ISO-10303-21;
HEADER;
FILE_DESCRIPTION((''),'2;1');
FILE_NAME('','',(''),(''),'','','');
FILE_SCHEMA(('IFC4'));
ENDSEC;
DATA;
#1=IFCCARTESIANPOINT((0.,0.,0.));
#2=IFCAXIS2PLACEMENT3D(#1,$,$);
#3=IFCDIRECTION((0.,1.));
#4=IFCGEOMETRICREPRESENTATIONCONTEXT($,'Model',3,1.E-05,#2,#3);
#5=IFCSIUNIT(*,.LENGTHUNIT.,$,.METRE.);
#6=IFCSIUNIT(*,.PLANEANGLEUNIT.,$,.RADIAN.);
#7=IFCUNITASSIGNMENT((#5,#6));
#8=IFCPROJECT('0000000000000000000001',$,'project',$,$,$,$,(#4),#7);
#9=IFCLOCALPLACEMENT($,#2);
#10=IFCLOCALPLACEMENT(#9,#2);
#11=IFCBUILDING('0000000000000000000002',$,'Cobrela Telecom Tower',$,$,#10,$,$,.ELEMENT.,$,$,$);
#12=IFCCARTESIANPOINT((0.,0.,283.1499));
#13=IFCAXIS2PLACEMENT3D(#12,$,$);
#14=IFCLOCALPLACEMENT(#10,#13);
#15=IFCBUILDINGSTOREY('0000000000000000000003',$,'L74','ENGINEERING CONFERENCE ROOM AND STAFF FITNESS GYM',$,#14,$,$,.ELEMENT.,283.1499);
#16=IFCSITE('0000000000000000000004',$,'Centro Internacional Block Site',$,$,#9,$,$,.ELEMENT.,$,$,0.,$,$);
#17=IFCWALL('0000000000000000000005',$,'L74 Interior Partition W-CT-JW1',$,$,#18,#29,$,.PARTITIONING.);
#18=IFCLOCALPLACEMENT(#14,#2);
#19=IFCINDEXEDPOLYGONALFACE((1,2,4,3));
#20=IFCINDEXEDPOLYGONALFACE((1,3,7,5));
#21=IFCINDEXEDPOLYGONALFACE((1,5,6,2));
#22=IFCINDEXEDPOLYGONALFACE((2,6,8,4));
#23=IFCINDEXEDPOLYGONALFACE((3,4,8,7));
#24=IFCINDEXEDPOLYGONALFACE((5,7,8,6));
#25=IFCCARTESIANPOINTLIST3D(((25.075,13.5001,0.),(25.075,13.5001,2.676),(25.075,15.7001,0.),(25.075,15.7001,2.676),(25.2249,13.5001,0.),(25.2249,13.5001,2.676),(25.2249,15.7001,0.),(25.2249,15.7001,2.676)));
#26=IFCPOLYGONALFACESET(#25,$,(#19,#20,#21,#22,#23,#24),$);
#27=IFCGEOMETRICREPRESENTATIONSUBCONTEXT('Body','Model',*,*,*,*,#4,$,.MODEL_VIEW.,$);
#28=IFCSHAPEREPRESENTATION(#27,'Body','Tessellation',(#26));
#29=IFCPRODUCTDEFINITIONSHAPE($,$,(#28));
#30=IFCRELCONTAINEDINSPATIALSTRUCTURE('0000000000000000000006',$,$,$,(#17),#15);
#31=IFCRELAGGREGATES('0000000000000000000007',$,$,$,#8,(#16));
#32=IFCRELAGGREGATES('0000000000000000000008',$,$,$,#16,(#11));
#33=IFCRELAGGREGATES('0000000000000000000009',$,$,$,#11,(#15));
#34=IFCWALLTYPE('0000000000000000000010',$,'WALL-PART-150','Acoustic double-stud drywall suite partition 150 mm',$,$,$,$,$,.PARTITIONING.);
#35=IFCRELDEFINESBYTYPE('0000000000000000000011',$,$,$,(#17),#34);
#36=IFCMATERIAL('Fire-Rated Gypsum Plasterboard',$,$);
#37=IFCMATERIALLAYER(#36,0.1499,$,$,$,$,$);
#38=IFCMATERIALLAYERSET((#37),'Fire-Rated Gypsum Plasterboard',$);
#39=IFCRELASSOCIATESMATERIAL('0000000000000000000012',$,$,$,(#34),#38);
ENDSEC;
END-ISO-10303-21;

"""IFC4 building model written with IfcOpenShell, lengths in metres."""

from ifc_helpers import new_model, si_unit, direction, frame, frame_2d, origin, place, context, subcontext, project, spatial, rectangle, extrude, material, layer, layer_set, type_object, element, save


model = new_model("IFC4")

# Units and contexts
model_context = context("Model", 3, precision=1e-05, world=origin(), true_north=direction((0.0, 1.0)))
body_context = subcontext(model_context, "Body", "Model", "MODEL_VIEW")
ifc_project = project(units=[si_unit("LENGTHUNIT", "METRE"), si_unit("PLANEANGLEUNIT", "RADIAN")], contexts=[model_context])

# Site, building, storey
site_placement = place(None, origin())
site = spatial("IfcSite", under=ifc_project, at=site_placement, Name="Centro Internacional Block Site", CompositionType="ELEMENT", RefElevation=0.0)
building_placement = place(site_placement, origin())
building = spatial("IfcBuilding", under=site, at=building_placement, Name="Cobrela Telecom Tower", CompositionType="ELEMENT")
storey_placement = place(building_placement, frame((0.0, 0.0, 283.1499)))
storey = spatial("IfcBuildingStorey", under=building, at=storey_placement, Name="L74", Description="ENGINEERING CONFERENCE ROOM AND STAFF FITNESS GYM", CompositionType="ELEMENT", Elevation=283.1499)

# Shared definitions
ifc_material_1 = material(Name="Fire-Rated Gypsum Plasterboard")

# Wall
ifc_layer_1 = layer(ifc_material_1, 0.1499)
ifc_layer_set_1 = layer_set([ifc_layer_1], Name="Fire-Rated Gypsum Plasterboard")
wall_type_1 = type_object("IfcWallType", Name="WALL-PART-150", Description="Acoustic double-stud drywall suite partition 150 mm", PredefinedType="PARTITIONING", material=ifc_layer_set_1)
wall_1_placement = place(storey_placement, frame((25.1499, 13.5, 0.0), z_axis=(0.0, 0.0, 1.0), x_axis=(0.0, 1.0, 0.0)))
element("IfcWall", 1, at=wall_1_placement, inside=storey, type_object=wall_type_1, Name="L74 Interior Partition W-CT-JW1", PredefinedType="PARTITIONING", context=body_context, shape_type="SweptSolid", body=[
    extrude(rectangle(XDim=2.2, YDim=0.1499, at=frame_2d((1.1001, 0.0))), origin(), (0.0, 0.0, 1.0), 2.676),
])

save(model, "model.ifc")
